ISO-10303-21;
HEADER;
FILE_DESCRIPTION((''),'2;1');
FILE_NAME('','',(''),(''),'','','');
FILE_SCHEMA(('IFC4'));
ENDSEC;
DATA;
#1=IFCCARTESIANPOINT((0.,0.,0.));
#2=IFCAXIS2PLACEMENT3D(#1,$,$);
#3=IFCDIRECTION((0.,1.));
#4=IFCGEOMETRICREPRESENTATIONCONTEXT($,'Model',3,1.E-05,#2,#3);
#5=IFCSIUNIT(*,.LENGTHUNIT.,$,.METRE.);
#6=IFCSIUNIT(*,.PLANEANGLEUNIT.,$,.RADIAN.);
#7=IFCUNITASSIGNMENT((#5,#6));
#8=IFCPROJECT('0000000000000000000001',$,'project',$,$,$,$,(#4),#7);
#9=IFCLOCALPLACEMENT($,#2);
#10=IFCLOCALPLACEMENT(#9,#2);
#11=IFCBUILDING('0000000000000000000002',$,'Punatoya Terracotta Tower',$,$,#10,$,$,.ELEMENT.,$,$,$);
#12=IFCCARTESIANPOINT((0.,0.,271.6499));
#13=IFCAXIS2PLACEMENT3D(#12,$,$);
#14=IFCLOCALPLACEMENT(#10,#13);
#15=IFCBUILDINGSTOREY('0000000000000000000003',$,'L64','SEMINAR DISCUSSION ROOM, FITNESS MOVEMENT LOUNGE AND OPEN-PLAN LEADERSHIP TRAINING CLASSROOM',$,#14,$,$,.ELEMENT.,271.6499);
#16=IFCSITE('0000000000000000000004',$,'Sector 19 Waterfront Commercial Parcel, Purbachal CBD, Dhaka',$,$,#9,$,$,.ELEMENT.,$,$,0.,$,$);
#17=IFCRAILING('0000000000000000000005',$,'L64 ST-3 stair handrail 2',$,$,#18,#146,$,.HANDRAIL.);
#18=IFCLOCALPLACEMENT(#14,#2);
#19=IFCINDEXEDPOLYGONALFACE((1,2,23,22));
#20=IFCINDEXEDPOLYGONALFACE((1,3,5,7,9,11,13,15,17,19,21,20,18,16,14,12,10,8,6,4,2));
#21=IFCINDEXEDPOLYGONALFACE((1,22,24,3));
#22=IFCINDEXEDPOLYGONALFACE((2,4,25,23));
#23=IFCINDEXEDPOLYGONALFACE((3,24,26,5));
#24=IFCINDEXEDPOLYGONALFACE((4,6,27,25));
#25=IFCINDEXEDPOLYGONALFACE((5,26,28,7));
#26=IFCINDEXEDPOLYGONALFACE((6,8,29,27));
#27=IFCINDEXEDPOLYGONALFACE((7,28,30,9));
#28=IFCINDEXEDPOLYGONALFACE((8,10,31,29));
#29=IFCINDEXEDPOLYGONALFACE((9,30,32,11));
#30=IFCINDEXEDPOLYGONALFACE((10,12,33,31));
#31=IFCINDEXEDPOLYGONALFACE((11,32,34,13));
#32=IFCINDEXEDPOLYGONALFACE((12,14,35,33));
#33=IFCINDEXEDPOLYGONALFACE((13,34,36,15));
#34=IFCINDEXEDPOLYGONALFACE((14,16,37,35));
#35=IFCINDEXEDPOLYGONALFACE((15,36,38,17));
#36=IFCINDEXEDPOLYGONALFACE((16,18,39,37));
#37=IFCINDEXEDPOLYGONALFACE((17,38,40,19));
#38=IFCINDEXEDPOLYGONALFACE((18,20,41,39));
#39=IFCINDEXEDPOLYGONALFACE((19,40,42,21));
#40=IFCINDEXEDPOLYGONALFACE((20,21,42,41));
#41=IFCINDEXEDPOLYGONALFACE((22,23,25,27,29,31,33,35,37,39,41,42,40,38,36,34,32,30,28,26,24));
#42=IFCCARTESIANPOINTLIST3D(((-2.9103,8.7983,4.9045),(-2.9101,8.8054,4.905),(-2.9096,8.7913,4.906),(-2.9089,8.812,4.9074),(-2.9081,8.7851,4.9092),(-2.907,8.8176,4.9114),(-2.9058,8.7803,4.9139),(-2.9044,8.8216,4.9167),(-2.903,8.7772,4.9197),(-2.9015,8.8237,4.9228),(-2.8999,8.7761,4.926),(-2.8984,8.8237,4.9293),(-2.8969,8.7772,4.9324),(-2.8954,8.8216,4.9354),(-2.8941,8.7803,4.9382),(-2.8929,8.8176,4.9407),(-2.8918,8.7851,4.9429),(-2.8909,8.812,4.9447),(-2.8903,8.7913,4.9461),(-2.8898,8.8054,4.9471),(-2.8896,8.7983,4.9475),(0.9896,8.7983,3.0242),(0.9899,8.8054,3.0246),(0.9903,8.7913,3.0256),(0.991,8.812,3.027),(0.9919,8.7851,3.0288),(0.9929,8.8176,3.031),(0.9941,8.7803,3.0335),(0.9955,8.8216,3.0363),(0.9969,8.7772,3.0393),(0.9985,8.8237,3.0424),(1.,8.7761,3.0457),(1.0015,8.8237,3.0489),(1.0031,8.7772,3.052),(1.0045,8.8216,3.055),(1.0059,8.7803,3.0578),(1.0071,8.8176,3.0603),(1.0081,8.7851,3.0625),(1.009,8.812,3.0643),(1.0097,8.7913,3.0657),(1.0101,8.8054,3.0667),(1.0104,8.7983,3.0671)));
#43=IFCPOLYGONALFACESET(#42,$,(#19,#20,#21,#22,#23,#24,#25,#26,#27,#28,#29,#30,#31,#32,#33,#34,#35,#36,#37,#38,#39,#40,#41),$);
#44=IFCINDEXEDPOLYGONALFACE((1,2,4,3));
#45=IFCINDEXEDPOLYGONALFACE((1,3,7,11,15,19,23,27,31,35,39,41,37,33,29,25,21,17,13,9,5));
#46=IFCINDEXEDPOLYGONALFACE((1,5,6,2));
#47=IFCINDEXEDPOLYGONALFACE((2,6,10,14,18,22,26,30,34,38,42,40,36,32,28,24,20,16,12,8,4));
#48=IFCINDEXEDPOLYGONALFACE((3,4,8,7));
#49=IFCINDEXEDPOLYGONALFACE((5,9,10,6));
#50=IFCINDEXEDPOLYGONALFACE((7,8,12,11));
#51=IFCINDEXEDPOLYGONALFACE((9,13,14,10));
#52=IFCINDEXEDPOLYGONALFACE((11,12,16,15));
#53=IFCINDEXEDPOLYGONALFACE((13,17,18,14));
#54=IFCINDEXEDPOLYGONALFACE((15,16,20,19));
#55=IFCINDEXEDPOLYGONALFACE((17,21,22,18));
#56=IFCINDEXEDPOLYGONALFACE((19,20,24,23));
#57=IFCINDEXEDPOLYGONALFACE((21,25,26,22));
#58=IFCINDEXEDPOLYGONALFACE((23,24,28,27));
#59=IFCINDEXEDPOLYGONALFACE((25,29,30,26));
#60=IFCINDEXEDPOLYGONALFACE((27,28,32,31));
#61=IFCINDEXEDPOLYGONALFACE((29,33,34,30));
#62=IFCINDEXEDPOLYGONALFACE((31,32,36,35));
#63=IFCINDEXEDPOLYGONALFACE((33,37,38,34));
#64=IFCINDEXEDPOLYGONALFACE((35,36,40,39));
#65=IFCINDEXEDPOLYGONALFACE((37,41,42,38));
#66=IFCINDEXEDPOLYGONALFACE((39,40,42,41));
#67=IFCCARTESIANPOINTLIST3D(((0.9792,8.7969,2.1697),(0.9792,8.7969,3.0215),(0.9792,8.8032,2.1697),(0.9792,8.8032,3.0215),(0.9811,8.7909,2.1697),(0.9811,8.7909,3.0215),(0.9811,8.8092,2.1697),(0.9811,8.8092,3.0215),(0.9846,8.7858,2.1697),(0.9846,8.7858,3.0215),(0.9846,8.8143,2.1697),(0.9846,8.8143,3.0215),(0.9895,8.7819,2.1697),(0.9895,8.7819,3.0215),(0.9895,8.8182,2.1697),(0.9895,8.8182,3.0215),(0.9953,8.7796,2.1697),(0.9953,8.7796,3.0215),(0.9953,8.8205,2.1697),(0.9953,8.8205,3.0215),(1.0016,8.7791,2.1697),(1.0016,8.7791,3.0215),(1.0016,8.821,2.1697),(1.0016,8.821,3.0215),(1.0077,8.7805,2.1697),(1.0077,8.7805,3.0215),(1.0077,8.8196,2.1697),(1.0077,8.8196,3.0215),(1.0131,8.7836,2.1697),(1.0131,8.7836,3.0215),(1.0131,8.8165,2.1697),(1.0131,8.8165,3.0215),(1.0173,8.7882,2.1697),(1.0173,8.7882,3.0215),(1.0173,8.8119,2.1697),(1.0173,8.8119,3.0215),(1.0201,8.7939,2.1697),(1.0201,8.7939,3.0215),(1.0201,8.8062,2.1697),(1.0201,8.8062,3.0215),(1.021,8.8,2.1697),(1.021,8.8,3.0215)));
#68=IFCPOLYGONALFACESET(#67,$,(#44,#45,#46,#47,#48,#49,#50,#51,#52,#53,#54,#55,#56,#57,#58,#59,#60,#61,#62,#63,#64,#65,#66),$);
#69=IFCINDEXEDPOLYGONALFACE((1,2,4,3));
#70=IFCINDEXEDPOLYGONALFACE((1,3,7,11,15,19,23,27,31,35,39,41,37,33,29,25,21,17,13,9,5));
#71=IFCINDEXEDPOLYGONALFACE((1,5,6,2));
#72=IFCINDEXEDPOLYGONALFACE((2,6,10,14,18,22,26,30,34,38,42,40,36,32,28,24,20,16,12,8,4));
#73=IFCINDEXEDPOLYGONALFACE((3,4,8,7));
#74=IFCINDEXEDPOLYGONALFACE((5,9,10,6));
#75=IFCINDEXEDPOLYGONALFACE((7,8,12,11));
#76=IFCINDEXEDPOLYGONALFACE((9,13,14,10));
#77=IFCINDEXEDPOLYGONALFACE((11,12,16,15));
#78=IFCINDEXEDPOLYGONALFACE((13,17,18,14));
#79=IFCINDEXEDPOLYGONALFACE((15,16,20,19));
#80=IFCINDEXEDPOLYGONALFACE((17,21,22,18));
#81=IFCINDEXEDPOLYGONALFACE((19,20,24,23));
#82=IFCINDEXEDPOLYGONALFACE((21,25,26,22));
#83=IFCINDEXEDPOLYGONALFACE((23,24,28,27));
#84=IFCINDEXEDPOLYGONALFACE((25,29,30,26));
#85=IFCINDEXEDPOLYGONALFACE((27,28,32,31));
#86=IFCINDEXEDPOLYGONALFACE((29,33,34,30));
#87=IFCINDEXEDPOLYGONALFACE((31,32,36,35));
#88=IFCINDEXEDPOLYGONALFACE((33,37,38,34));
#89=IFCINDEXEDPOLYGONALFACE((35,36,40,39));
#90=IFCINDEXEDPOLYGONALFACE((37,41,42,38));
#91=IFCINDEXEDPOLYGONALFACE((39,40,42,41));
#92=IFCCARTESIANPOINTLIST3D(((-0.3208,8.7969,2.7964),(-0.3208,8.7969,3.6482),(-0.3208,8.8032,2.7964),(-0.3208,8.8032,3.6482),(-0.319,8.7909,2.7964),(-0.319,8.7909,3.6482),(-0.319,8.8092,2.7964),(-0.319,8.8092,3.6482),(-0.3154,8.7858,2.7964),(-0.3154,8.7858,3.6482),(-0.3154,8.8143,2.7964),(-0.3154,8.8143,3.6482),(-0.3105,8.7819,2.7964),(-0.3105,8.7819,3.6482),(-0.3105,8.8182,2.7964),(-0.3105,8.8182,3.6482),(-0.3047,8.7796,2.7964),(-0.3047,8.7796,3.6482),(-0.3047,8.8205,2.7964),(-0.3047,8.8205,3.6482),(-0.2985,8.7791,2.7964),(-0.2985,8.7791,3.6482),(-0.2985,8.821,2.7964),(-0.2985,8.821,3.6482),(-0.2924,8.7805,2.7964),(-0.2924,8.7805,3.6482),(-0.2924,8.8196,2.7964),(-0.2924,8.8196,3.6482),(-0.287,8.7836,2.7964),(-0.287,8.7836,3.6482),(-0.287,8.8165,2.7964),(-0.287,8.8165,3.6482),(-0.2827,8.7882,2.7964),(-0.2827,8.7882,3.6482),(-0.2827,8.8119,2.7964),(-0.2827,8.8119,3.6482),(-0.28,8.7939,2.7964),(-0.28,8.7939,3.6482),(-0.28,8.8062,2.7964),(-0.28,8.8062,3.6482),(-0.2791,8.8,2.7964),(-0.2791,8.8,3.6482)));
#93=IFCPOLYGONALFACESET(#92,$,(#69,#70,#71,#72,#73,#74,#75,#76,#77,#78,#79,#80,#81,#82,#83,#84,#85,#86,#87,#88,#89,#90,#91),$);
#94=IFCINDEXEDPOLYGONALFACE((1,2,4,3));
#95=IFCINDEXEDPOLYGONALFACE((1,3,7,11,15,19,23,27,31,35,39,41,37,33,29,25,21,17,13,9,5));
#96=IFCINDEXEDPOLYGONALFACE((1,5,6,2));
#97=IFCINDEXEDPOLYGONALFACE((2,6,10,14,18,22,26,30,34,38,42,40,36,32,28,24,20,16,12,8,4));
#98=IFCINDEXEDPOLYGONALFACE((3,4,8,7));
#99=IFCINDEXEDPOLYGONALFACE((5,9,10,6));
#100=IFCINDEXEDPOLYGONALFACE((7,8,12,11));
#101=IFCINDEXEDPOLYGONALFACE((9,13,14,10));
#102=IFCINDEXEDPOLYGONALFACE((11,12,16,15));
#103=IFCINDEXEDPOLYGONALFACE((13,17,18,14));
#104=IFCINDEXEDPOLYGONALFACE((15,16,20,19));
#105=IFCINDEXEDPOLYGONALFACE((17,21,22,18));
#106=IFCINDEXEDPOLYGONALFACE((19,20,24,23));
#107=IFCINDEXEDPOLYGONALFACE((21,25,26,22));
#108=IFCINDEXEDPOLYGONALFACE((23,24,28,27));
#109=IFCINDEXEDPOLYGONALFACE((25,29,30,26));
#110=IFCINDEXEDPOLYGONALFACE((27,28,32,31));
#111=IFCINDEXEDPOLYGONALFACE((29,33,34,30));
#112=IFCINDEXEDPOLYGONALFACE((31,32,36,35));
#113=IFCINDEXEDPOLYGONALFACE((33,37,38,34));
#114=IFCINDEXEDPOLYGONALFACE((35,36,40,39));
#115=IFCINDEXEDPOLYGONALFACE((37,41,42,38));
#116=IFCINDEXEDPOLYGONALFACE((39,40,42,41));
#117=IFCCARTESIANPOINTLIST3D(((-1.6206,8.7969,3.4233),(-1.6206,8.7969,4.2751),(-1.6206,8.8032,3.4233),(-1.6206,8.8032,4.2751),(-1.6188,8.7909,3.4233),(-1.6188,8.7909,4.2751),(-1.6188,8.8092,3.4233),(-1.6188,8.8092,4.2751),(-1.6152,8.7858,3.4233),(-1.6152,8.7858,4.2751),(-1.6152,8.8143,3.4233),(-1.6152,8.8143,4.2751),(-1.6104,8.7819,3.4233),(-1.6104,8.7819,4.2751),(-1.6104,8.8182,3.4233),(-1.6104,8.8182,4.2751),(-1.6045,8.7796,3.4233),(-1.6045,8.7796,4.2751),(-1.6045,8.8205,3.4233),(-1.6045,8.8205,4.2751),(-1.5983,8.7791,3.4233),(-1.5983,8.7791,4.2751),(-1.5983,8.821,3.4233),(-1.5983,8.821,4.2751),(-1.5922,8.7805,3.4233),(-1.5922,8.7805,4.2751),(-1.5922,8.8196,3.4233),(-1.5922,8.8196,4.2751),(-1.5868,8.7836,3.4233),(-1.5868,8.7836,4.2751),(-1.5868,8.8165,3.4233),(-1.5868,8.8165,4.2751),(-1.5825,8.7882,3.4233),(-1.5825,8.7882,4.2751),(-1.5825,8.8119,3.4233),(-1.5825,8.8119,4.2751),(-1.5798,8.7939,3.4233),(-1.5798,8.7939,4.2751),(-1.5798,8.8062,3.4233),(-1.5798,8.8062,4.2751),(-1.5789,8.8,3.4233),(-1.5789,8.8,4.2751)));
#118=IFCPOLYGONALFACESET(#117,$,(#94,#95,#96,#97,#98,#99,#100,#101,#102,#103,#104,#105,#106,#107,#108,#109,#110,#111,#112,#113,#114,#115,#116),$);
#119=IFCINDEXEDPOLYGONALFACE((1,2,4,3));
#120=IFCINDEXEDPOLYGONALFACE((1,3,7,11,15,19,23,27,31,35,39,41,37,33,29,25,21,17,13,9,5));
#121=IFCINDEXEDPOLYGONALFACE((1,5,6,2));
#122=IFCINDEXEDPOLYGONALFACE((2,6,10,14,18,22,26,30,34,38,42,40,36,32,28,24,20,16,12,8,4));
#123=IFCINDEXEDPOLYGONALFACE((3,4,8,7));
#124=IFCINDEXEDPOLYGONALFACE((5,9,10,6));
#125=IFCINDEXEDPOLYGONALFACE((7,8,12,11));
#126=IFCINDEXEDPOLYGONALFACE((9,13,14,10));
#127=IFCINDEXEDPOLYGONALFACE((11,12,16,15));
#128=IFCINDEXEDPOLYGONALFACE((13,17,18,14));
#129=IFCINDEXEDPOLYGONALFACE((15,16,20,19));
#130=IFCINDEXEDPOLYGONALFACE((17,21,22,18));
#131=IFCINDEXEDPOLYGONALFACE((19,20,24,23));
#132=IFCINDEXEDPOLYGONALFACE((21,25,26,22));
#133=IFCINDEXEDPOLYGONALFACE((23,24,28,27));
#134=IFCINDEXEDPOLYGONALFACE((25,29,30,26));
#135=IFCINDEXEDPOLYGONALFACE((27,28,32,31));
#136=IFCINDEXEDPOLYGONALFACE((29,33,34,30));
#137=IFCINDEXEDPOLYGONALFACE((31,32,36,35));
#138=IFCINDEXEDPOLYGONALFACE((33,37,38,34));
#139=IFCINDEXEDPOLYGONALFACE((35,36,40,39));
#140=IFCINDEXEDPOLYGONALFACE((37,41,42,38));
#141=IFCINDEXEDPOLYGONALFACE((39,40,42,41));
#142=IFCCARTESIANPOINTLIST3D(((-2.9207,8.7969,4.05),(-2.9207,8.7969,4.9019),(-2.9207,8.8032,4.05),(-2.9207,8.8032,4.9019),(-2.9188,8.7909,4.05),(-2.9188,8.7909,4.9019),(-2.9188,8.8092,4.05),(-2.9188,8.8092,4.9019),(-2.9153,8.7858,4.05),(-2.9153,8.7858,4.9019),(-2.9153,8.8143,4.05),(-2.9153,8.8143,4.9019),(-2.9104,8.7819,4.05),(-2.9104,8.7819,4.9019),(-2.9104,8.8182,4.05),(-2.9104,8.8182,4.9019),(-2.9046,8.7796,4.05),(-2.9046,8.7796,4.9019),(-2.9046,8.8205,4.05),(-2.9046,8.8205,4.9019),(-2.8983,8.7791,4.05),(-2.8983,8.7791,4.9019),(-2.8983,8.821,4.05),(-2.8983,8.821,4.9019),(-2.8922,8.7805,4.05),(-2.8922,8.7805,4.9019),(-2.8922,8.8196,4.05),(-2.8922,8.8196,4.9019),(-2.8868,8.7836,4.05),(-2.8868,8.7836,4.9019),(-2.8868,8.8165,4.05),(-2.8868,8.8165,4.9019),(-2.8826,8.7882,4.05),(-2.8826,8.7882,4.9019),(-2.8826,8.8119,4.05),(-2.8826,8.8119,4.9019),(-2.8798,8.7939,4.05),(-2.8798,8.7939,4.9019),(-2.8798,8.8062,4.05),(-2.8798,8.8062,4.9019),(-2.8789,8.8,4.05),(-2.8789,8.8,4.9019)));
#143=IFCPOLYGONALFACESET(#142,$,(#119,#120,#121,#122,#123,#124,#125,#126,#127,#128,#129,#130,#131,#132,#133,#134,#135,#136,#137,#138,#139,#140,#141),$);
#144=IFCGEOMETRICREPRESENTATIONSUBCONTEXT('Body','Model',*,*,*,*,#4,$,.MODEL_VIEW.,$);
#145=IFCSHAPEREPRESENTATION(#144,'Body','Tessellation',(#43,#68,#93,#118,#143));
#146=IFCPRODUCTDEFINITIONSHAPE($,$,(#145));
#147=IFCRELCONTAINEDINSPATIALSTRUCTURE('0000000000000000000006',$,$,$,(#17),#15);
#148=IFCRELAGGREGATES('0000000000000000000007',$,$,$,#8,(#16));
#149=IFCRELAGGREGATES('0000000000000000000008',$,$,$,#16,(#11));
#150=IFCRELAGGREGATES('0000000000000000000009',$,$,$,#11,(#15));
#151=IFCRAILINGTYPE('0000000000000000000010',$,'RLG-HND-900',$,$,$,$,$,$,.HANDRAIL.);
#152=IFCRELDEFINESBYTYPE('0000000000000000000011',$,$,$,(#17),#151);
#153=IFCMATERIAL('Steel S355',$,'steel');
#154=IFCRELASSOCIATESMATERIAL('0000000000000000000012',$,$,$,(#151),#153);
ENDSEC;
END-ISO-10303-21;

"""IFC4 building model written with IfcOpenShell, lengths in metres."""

from ifc_helpers import new_model, si_unit, direction, frame, origin, origin_2d, place, context, subcontext, project, spatial, circle, extrude, material, type_object, element, save


model = new_model("IFC4")

# Units and contexts
model_context = context("Model", 3, precision=1e-05, world=origin(), true_north=direction((0.0, 1.0)))
body_context = subcontext(model_context, "Body", "Model", "MODEL_VIEW")
ifc_project = project(units=[si_unit("LENGTHUNIT", "METRE"), si_unit("PLANEANGLEUNIT", "RADIAN")], contexts=[model_context])

# Site, building, storey
site_placement = place(None, origin())
site = spatial("IfcSite", under=ifc_project, at=site_placement, Name="Sector 19 Waterfront Commercial Parcel, Purbachal CBD, Dhaka", CompositionType="ELEMENT", RefElevation=0.0)
building_placement = place(site_placement, origin())
building = spatial("IfcBuilding", under=site, at=building_placement, Name="Punatoya Terracotta Tower", CompositionType="ELEMENT")
storey_placement = place(building_placement, frame((0.0, 0.0, 271.6499)))
storey = spatial("IfcBuildingStorey", under=building, at=storey_placement, Name="L64", Description="SEMINAR DISCUSSION ROOM, FITNESS MOVEMENT LOUNGE AND OPEN-PLAN LEADERSHIP TRAINING CLASSROOM", CompositionType="ELEMENT", Elevation=271.6499)

# Shared definitions
ifc_material_1 = material(Name="Steel S355", Category="steel")

# Railing
railing_type_1 = type_object("IfcRailingType", Name="RLG-HND-900", PredefinedType="HANDRAIL", material=ifc_material_1)
railing_1_placement = place(storey_placement, frame((1.0, 8.8, 2.1697)))
element("IfcRailing", 1, at=railing_1_placement, inside=storey, type_object=railing_type_1, Name="L64 ST-3 stair handrail 2", PredefinedType="HANDRAIL", context=body_context, shape_type="SweptSolid", body=[
    extrude(circle(Radius=0.0239, at=origin_2d()), frame((0.0, 0.0, 0.876), z_axis=(-0.900763, 0.0, 0.434311), x_axis=(0.0, -1.0, 0.0)), (0.0, 0.0, 1.0), 4.3296),
    extrude(circle(Radius=0.021, at=origin_2d()), origin(), (0.0, 0.0, 1.0), 0.8518),
    extrude(circle(Radius=0.021, at=origin_2d()), frame((-1.3, 0.0, 0.6267)), (0.0, 0.0, 1.0), 0.8518),
    extrude(circle(Radius=0.021, at=origin_2d()), frame((-2.5999, 0.0, 1.2537)), (0.0, 0.0, 1.0), 0.8518),
    extrude(circle(Radius=0.021, at=origin_2d()), frame((-3.8999, 0.0, 1.8804)), (0.0, 0.0, 1.0), 0.8518),
])

save(model, "model.ifc")
